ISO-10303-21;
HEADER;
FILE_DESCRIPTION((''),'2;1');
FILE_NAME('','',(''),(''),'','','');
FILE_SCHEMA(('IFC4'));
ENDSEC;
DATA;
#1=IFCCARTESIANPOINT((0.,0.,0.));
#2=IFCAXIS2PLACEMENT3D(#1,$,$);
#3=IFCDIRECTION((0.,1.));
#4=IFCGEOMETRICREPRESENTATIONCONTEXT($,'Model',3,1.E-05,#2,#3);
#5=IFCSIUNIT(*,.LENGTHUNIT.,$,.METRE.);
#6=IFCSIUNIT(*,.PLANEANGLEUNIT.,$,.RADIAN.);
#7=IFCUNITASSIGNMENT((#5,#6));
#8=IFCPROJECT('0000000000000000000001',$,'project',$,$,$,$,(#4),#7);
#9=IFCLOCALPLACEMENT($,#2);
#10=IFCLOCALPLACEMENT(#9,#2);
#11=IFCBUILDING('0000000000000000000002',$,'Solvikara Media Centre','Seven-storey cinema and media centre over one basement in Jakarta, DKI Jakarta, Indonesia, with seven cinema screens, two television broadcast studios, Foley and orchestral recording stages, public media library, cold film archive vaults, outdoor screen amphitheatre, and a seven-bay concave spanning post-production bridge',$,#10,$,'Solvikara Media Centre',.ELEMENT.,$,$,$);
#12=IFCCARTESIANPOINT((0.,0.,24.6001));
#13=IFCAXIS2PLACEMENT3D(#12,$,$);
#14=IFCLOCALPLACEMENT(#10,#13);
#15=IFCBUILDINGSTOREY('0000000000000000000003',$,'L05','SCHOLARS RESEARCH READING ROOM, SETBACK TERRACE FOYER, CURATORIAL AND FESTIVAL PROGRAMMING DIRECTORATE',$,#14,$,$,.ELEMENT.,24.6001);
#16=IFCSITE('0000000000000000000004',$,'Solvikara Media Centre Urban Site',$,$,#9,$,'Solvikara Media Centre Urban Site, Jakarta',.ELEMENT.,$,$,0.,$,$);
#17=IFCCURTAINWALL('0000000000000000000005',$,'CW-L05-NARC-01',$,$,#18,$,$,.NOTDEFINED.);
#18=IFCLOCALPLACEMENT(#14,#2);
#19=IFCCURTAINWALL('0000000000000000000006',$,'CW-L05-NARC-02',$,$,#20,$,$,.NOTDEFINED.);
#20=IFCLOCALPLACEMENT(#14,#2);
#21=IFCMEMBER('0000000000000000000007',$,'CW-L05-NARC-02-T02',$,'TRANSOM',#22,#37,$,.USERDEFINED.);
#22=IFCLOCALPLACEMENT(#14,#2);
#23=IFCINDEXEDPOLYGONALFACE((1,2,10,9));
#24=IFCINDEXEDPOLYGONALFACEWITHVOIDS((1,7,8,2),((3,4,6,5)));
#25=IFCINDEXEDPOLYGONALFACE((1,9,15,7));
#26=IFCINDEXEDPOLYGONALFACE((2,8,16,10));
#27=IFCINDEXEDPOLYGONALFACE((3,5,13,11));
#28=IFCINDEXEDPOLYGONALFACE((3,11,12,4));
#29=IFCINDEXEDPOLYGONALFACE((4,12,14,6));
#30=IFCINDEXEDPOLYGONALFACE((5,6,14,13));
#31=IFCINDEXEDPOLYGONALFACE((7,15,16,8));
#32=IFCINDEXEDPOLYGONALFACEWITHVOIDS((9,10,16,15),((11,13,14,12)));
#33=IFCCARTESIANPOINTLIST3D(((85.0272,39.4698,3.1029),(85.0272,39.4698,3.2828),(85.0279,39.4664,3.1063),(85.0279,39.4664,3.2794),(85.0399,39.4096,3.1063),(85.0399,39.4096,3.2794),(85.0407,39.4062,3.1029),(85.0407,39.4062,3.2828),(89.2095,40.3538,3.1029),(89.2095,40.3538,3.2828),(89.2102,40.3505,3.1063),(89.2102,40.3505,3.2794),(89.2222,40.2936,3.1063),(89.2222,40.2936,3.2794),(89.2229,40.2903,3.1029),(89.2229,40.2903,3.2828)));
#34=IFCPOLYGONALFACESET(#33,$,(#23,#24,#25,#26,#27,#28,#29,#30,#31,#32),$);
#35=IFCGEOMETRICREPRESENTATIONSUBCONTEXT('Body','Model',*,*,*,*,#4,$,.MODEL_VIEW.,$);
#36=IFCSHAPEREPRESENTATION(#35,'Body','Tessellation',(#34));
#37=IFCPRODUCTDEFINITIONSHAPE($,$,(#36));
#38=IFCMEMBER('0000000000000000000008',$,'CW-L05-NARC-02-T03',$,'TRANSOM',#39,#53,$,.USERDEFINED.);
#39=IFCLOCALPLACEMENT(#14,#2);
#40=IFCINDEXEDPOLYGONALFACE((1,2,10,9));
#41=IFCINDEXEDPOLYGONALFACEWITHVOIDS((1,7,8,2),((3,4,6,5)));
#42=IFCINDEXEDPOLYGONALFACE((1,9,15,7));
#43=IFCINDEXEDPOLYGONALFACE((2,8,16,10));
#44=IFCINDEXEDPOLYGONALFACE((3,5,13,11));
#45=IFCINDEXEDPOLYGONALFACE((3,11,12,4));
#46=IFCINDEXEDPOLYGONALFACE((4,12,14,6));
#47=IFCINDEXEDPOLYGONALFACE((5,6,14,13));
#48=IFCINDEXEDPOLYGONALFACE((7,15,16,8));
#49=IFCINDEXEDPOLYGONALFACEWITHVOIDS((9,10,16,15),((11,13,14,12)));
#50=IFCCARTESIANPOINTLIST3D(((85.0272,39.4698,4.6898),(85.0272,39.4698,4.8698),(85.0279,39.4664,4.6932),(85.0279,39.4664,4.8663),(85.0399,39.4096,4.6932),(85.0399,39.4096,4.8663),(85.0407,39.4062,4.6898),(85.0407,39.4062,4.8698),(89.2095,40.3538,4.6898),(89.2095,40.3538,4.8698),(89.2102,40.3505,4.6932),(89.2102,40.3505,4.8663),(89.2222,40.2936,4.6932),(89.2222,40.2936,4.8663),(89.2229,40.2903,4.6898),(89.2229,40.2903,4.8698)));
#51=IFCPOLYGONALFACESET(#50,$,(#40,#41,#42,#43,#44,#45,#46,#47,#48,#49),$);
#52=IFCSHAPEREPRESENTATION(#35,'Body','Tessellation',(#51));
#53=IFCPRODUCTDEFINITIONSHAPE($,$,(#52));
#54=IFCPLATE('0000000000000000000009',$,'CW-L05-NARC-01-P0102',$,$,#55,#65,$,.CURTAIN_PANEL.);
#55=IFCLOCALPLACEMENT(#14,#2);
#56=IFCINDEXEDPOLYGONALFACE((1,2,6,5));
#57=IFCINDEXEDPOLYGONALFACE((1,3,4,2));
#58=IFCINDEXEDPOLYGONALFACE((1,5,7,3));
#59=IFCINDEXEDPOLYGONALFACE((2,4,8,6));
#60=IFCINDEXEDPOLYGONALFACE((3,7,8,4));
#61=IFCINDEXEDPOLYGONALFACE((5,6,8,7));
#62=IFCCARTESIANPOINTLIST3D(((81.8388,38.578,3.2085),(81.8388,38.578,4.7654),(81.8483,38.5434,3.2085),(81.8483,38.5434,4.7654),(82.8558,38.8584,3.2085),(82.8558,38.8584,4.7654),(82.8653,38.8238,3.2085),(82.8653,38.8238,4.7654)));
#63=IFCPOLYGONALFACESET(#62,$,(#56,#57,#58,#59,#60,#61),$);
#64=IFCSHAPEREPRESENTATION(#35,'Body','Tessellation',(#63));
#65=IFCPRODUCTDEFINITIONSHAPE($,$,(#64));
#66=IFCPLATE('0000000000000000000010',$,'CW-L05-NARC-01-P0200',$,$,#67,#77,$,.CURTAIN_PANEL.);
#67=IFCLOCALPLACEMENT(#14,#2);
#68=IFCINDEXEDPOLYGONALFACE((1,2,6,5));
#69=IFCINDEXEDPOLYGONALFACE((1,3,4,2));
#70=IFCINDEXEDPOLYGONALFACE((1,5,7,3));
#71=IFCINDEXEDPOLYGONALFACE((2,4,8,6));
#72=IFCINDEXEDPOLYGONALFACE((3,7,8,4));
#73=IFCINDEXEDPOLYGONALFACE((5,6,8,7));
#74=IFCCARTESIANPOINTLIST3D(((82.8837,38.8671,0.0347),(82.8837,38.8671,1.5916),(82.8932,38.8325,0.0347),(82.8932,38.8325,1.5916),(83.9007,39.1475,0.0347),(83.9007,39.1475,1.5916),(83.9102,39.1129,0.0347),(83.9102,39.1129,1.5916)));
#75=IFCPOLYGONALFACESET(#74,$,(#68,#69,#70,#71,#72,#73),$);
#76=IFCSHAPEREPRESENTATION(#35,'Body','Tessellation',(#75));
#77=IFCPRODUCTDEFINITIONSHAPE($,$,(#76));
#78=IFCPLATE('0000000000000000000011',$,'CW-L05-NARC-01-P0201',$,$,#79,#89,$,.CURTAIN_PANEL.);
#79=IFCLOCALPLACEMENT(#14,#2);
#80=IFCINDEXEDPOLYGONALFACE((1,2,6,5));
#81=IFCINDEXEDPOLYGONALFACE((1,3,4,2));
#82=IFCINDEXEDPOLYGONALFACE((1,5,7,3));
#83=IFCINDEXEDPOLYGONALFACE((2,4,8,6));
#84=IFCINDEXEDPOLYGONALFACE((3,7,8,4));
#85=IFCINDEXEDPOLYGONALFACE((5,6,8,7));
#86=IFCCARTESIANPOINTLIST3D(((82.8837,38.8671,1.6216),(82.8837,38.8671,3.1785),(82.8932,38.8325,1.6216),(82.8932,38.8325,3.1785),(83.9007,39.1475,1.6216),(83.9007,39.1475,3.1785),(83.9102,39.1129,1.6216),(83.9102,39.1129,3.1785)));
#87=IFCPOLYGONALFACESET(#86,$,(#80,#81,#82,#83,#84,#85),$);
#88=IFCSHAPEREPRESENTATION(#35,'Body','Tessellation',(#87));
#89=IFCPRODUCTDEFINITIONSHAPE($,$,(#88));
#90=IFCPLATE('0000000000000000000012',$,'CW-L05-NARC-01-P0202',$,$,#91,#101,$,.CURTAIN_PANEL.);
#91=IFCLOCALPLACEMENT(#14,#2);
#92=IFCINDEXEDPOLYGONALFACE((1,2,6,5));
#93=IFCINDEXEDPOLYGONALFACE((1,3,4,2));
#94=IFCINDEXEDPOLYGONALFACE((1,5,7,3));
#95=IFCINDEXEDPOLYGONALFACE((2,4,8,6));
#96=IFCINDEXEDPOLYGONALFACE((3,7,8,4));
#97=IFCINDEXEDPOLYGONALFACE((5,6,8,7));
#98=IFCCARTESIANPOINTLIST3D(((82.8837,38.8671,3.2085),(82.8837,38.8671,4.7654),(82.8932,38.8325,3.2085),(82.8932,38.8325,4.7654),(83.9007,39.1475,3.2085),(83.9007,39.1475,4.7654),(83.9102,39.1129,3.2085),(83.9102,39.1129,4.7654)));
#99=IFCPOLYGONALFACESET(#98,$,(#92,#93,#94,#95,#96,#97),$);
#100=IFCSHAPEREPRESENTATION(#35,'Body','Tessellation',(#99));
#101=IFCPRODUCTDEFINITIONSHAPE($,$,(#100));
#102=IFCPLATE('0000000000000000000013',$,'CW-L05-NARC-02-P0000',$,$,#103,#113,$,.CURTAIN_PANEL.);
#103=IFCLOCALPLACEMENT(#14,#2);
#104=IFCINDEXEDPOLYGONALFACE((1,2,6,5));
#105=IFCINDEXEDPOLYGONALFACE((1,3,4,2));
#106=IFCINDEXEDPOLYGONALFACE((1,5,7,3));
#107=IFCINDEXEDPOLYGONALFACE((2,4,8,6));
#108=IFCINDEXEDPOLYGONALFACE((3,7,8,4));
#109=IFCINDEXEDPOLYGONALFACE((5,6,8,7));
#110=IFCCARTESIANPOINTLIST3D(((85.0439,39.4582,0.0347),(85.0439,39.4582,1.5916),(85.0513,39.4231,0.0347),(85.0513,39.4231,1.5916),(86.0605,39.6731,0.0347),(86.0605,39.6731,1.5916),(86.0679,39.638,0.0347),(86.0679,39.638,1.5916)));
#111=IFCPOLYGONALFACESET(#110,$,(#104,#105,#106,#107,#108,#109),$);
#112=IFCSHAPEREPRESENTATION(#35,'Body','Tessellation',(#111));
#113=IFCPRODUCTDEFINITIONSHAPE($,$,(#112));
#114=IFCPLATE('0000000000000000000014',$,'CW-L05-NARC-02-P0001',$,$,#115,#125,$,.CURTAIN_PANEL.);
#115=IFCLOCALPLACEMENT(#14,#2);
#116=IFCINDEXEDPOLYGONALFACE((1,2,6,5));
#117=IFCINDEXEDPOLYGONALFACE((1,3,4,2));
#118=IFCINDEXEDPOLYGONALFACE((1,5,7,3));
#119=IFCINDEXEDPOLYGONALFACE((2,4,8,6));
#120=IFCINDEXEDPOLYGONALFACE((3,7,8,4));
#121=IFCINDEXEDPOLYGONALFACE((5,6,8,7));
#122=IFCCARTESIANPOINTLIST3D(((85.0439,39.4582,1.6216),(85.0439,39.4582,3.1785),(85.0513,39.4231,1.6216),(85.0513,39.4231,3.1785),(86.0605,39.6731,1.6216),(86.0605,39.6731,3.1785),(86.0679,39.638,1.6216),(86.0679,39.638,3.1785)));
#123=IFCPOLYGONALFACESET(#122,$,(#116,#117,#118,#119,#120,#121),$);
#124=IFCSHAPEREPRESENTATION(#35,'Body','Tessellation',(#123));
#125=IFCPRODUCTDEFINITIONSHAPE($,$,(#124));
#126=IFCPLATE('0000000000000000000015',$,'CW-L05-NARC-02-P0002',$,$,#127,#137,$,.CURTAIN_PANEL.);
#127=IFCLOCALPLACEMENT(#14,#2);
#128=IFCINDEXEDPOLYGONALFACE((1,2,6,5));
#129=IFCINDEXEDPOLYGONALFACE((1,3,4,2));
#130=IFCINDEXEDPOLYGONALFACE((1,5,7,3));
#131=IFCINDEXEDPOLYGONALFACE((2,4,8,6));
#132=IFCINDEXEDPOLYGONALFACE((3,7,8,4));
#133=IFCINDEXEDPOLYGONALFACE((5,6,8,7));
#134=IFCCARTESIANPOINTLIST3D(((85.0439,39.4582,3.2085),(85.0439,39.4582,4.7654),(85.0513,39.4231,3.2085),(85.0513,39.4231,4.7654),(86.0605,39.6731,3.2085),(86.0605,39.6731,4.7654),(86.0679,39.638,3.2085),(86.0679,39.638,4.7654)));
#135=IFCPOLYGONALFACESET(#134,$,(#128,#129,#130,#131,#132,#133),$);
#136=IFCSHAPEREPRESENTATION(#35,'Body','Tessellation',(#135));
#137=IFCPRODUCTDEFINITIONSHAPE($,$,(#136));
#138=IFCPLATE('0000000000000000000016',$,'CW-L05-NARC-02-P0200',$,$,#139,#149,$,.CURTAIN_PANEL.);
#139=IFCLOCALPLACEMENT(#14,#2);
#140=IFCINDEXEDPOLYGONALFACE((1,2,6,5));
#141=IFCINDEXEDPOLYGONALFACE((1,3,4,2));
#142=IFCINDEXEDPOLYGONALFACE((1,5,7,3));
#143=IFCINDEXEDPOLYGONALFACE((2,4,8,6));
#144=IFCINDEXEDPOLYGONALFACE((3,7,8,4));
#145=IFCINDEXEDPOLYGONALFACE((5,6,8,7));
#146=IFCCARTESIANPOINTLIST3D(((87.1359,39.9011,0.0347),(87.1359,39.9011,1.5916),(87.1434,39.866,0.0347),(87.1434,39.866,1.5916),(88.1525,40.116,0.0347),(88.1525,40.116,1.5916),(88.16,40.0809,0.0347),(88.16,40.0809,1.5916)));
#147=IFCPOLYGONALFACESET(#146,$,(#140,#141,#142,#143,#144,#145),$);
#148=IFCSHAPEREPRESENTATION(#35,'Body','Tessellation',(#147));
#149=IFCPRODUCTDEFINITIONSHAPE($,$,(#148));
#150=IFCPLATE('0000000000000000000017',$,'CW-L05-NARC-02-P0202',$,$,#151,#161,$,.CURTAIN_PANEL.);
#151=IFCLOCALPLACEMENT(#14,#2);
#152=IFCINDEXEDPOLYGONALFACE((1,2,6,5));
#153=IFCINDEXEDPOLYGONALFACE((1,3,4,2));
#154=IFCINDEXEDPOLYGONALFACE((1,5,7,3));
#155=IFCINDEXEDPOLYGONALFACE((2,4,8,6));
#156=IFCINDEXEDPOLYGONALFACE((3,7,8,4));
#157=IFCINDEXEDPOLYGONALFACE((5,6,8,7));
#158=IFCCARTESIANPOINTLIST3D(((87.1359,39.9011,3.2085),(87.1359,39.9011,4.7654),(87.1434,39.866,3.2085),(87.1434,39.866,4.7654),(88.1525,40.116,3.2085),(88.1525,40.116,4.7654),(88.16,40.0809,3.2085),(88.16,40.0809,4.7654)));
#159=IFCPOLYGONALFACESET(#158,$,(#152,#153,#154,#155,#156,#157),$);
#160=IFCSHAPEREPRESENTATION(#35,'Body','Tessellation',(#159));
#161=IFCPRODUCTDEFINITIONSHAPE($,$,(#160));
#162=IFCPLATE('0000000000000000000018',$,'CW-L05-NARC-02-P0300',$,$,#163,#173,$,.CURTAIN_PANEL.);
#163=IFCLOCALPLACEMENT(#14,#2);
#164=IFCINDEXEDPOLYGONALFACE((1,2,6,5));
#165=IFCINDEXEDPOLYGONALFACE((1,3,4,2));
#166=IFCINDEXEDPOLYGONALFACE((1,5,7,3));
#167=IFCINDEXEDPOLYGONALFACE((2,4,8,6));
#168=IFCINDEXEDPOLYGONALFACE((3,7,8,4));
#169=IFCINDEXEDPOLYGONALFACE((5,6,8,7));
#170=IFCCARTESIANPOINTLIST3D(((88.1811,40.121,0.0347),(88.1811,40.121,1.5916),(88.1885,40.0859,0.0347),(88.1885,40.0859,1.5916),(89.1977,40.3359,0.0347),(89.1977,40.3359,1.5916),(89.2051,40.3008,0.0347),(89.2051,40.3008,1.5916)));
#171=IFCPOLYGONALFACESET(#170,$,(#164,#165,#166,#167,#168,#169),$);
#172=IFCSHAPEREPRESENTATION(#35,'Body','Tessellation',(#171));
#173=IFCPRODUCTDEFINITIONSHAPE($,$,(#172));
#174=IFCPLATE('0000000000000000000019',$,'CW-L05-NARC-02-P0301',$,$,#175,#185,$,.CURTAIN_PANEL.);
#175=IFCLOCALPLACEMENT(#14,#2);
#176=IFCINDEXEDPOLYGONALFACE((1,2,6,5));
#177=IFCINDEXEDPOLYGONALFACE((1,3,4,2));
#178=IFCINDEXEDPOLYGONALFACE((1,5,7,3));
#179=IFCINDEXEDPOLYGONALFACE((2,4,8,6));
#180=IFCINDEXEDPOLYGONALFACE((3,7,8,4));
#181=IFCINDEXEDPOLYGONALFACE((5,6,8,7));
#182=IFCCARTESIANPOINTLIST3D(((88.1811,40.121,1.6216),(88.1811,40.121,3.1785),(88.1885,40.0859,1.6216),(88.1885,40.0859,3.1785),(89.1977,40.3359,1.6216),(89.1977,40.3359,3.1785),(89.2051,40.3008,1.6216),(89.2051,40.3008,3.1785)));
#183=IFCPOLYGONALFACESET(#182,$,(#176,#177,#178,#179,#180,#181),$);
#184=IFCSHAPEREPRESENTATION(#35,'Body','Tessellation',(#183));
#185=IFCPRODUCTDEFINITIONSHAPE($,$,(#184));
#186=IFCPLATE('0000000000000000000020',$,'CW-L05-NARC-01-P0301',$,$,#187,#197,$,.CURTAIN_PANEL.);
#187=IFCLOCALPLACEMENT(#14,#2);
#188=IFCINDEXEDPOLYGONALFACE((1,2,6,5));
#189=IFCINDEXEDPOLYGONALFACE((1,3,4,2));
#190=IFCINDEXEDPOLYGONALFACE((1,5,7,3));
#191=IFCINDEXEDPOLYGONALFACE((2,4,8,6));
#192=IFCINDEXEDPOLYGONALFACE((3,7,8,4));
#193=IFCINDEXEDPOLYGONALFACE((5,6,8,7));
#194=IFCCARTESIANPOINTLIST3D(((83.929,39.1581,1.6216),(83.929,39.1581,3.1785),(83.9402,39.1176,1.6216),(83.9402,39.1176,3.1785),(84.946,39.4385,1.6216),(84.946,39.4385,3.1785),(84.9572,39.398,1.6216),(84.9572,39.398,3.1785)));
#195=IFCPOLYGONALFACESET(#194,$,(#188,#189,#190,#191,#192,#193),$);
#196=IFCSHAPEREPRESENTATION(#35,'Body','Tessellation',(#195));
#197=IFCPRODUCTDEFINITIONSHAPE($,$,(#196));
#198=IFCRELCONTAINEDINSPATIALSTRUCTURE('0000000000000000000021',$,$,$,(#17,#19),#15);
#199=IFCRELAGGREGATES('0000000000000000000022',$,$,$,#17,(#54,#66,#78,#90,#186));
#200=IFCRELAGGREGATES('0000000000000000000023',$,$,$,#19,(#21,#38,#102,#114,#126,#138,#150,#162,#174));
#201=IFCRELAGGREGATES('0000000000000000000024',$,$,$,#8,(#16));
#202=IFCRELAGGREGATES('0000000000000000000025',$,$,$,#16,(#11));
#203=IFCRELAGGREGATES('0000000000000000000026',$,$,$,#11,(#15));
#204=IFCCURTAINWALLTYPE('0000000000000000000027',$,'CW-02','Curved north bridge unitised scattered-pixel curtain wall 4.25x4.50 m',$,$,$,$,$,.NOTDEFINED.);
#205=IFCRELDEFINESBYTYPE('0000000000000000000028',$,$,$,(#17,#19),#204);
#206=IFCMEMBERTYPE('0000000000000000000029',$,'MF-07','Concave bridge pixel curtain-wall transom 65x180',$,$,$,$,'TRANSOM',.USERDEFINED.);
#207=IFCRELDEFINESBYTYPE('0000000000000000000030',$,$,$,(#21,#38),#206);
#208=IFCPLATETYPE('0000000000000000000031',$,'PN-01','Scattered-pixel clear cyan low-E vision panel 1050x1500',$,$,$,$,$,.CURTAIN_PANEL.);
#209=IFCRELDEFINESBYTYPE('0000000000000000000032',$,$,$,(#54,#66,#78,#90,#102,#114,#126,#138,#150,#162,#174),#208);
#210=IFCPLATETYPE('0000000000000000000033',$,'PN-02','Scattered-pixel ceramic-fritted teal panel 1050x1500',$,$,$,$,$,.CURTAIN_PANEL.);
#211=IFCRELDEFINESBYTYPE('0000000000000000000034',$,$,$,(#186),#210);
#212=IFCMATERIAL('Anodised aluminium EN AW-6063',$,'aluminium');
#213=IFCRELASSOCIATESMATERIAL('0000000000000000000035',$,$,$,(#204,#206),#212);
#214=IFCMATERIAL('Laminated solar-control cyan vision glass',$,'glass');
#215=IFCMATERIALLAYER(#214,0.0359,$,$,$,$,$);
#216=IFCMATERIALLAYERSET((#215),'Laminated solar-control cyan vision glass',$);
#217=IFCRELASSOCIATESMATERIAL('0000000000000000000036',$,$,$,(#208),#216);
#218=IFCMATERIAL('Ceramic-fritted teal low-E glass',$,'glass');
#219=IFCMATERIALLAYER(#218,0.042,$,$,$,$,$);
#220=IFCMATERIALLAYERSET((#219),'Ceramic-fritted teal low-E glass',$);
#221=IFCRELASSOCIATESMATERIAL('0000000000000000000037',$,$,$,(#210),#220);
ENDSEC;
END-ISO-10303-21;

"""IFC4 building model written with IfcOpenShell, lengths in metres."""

from ifc_helpers import new_model, si_unit, direction, frame, origin, origin_2d, place, context, subcontext, project, spatial, rectangle, hollow_rectangle, extrude, material, layer, layer_set, material_profile, profile_set, type_object, element, aggregate, save


model = new_model("IFC4")

# Units and contexts
model_context = context("Model", 3, precision=1e-05, world=origin(), true_north=direction((0.0, 1.0)))
body_context = subcontext(model_context, "Body", "Model", "MODEL_VIEW")
ifc_project = project(units=[si_unit("LENGTHUNIT", "METRE"), si_unit("PLANEANGLEUNIT", "RADIAN")], contexts=[model_context])

# Site, building, storey
site_placement = place(None, origin())
site = spatial("IfcSite", under=ifc_project, at=site_placement, Name="Solvikara Media Centre Urban Site", LongName="Solvikara Media Centre Urban Site, Jakarta", CompositionType="ELEMENT", RefElevation=0.0)
building_placement = place(site_placement, origin())
building = spatial("IfcBuilding", under=site, at=building_placement, Name="Solvikara Media Centre", Description="Seven-storey cinema and media centre over one basement in Jakarta, DKI Jakarta, Indonesia, with seven cinema screens, two television broadcast studios, Foley and orchestral recording stages, public media library, cold film archive vaults, outdoor screen amphitheatre, and a seven-bay concave spanning post-production bridge", LongName="Solvikara Media Centre", CompositionType="ELEMENT")
storey_placement = place(building_placement, frame((0.0, 0.0, 24.6001)))
storey = spatial("IfcBuildingStorey", under=building, at=storey_placement, Name="L05", Description="SCHOLARS RESEARCH READING ROOM, SETBACK TERRACE FOYER, CURATORIAL AND FESTIVAL PROGRAMMING DIRECTORATE", CompositionType="ELEMENT", Elevation=24.6001)

# Curtain walls, members
ifc_material_1 = material(Name="Anodised aluminium EN AW-6063", Category="aluminium")
curtain_wall_type = type_object("IfcCurtainWallType", Name="CW-02", Description="Curved north bridge unitised scattered-pixel curtain wall 4.25x4.50 m", PredefinedType="NOTDEFINED", material=ifc_material_1)
curtain_wall_1_placement = place(storey_placement, origin())
curtain_wall_1 = element("IfcCurtainWall", 1, at=curtain_wall_1_placement, inside=storey, type_object=curtain_wall_type, Name="CW-L05-NARC-01", PredefinedType="NOTDEFINED")
curtain_wall_2_placement = place(storey_placement, origin())
curtain_wall_2 = element("IfcCurtainWall", 2, at=curtain_wall_2_placement, inside=storey, type_object=curtain_wall_type, Name="CW-L05-NARC-02", PredefinedType="NOTDEFINED")
ifc_material_profile_1 = material_profile(ifc_material_1, hollow_rectangle(XDim=0.0649, YDim=0.1799, WallThickness=0.0034, at=origin_2d()), Name="ALU-T 65x180x3.5")
ifc_profile_set_1 = profile_set([ifc_material_profile_1], Name="Anodised aluminium EN AW-6063")
member_type_1 = type_object("IfcMemberType", Name="MF-07", Description="Concave bridge pixel curtain-wall transom 65x180", ElementType="TRANSOM", PredefinedType="USERDEFINED", material=ifc_profile_set_1)
member_1_placement = place(storey_placement, frame((85.0339, 39.438, 3.1929), z_axis=(0.97838, 0.206814, 0.0), x_axis=(-0.206814, 0.97838, 0.0)))
member_1 = element("IfcMember", 3, at=member_1_placement, type_object=member_type_1, Name="CW-L05-NARC-02-T02", ObjectType="TRANSOM", PredefinedType="USERDEFINED", context=body_context, shape_type="SweptSolid", body=[
    extrude(hollow_rectangle(XDim=0.0649, YDim=0.1799, WallThickness=0.0034, at=origin_2d()), origin(), (0.0, 0.0, 1.0), 4.2747),
])
member_2_placement = place(storey_placement, frame((85.0339, 39.438, 4.7798), z_axis=(0.97838, 0.206814, 0.0), x_axis=(-0.206814, 0.97838, 0.0)))
member_2 = element("IfcMember", 4, at=member_2_placement, type_object=member_type_1, Name="CW-L05-NARC-02-T03", ObjectType="TRANSOM", PredefinedType="USERDEFINED", context=body_context, shape_type="SweptSolid", body=[
    extrude(hollow_rectangle(XDim=0.0649, YDim=0.1799, WallThickness=0.0034, at=origin_2d()), origin(), (0.0, 0.0, 1.0), 4.2747),
])

# Plates
ifc_material_2 = material(Name="Laminated solar-control cyan vision glass", Category="glass")
ifc_layer_1 = layer(ifc_material_2, 0.0359)
ifc_layer_set_1 = layer_set([ifc_layer_1], Name="Laminated solar-control cyan vision glass")
plate_type_1 = type_object("IfcPlateType", Name="PN-01", Description="Scattered-pixel clear cyan low-E vision panel 1050x1500", PredefinedType="CURTAIN_PANEL", material=ifc_layer_set_1)
plate_1_placement = place(storey_placement, frame((82.3521, 38.7009, 3.2085), z_axis=(0.0, 0.0, 1.0), x_axis=(0.96403, 0.265792, 0.0)))
plate_1 = element("IfcPlate", 5, at=plate_1_placement, type_object=plate_type_1, Name="CW-L05-NARC-01-P0102", PredefinedType="CURTAIN_PANEL", context=body_context, shape_type="SweptSolid", body=[
    extrude(rectangle(XDim=1.0549, YDim=0.0359, at=origin_2d()), origin(), (0.0, 0.0, 1.0), 1.5569),
])
plate_2_placement = place(storey_placement, frame((83.397, 38.99, 0.0347), z_axis=(0.0, 0.0, 1.0), x_axis=(0.96403, 0.265792, 0.0)))
plate_2 = element("IfcPlate", 6, at=plate_2_placement, type_object=plate_type_1, Name="CW-L05-NARC-01-P0200", PredefinedType="CURTAIN_PANEL", context=body_context, shape_type="SweptSolid", body=[
    extrude(rectangle(XDim=1.0549, YDim=0.0359, at=origin_2d()), origin(), (0.0, 0.0, 1.0), 1.5569),
])
plate_3_placement = place(storey_placement, frame((83.397, 38.99, 1.6216), z_axis=(0.0, 0.0, 1.0), x_axis=(0.96403, 0.265792, 0.0)))
plate_3 = element("IfcPlate", 7, at=plate_3_placement, type_object=plate_type_1, Name="CW-L05-NARC-01-P0201", PredefinedType="CURTAIN_PANEL", context=body_context, shape_type="SweptSolid", body=[
    extrude(rectangle(XDim=1.0549, YDim=0.0359, at=origin_2d()), origin(), (0.0, 0.0, 1.0), 1.5569),
])
plate_4_placement = place(storey_placement, frame((83.397, 38.99, 3.2085), z_axis=(0.0, 0.0, 1.0), x_axis=(0.96403, 0.265792, 0.0)))
plate_4 = element("IfcPlate", 8, at=plate_4_placement, type_object=plate_type_1, Name="CW-L05-NARC-01-P0202", PredefinedType="CURTAIN_PANEL", context=body_context, shape_type="SweptSolid", body=[
    extrude(rectangle(XDim=1.0549, YDim=0.0359, at=origin_2d()), origin(), (0.0, 0.0, 1.0), 1.5569),
])
plate_5_placement = place(storey_placement, frame((85.5559, 39.5481, 0.0347), z_axis=(0.0, 0.0, 1.0), x_axis=(0.978379, 0.206819, 0.0)))
plate_5 = element("IfcPlate", 9, at=plate_5_placement, type_object=plate_type_1, Name="CW-L05-NARC-02-P0000", PredefinedType="CURTAIN_PANEL", context=body_context, shape_type="SweptSolid", body=[
    extrude(rectangle(XDim=1.0391, YDim=0.0359, at=origin_2d()), origin(), (0.0, 0.0, 1.0), 1.5569),
])
plate_6_placement = place(storey_placement, frame((85.5559, 39.5481, 1.6216), z_axis=(0.0, 0.0, 1.0), x_axis=(0.978379, 0.206819, 0.0)))
plate_6 = element("IfcPlate", 10, at=plate_6_placement, type_object=plate_type_1, Name="CW-L05-NARC-02-P0001", PredefinedType="CURTAIN_PANEL", context=body_context, shape_type="SweptSolid", body=[
    extrude(rectangle(XDim=1.0391, YDim=0.0359, at=origin_2d()), origin(), (0.0, 0.0, 1.0), 1.5569),
])
plate_7_placement = place(storey_placement, frame((85.5559, 39.5481, 3.2085), z_axis=(0.0, 0.0, 1.0), x_axis=(0.978379, 0.206819, 0.0)))
plate_7 = element("IfcPlate", 11, at=plate_7_placement, type_object=plate_type_1, Name="CW-L05-NARC-02-P0002", PredefinedType="CURTAIN_PANEL", context=body_context, shape_type="SweptSolid", body=[
    extrude(rectangle(XDim=1.0391, YDim=0.0359, at=origin_2d()), origin(), (0.0, 0.0, 1.0), 1.5569),
])
plate_8_placement = place(storey_placement, frame((87.6479, 39.991, 0.0347), z_axis=(0.0, 0.0, 1.0), x_axis=(0.978379, 0.206819, 0.0)))
plate_8 = element("IfcPlate", 12, at=plate_8_placement, type_object=plate_type_1, Name="CW-L05-NARC-02-P0200", PredefinedType="CURTAIN_PANEL", context=body_context, shape_type="SweptSolid", body=[
    extrude(rectangle(XDim=1.0391, YDim=0.0359, at=origin_2d()), origin(), (0.0, 0.0, 1.0), 1.5569),
])
plate_9_placement = place(storey_placement, frame((87.6479, 39.991, 3.2085), z_axis=(0.0, 0.0, 1.0), x_axis=(0.978379, 0.206819, 0.0)))
plate_9 = element("IfcPlate", 13, at=plate_9_placement, type_object=plate_type_1, Name="CW-L05-NARC-02-P0202", PredefinedType="CURTAIN_PANEL", context=body_context, shape_type="SweptSolid", body=[
    extrude(rectangle(XDim=1.0391, YDim=0.0359, at=origin_2d()), origin(), (0.0, 0.0, 1.0), 1.5569),
])
plate_10_placement = place(storey_placement, frame((88.6931, 40.2109, 0.0347), z_axis=(0.0, 0.0, 1.0), x_axis=(0.978379, 0.206819, 0.0)))
plate_10 = element("IfcPlate", 14, at=plate_10_placement, type_object=plate_type_1, Name="CW-L05-NARC-02-P0300", PredefinedType="CURTAIN_PANEL", context=body_context, shape_type="SweptSolid", body=[
    extrude(rectangle(XDim=1.0391, YDim=0.0359, at=origin_2d()), origin(), (0.0, 0.0, 1.0), 1.5569),
])
plate_11_placement = place(storey_placement, frame((88.6931, 40.2109, 1.6216), z_axis=(0.0, 0.0, 1.0), x_axis=(0.978379, 0.206819, 0.0)))
plate_11 = element("IfcPlate", 15, at=plate_11_placement, type_object=plate_type_1, Name="CW-L05-NARC-02-P0301", PredefinedType="CURTAIN_PANEL", context=body_context, shape_type="SweptSolid", body=[
    extrude(rectangle(XDim=1.0391, YDim=0.0359, at=origin_2d()), origin(), (0.0, 0.0, 1.0), 1.5569),
])
ifc_material_3 = material(Name="Ceramic-fritted teal low-E glass", Category="glass")
ifc_layer_2 = layer(ifc_material_3, 0.042)
ifc_layer_set_2 = layer_set([ifc_layer_2], Name="Ceramic-fritted teal low-E glass")
plate_type_2 = type_object("IfcPlateType", Name="PN-02", Description="Scattered-pixel ceramic-fritted teal panel 1050x1500", PredefinedType="CURTAIN_PANEL", material=ifc_layer_set_2)
plate_12_placement = place(storey_placement, frame((84.4431, 39.2781, 1.6216), z_axis=(0.0, 0.0, 1.0), x_axis=(0.96403, 0.265792, 0.0)))
plate_12 = element("IfcPlate", 16, at=plate_12_placement, type_object=plate_type_2, Name="CW-L05-NARC-01-P0301", PredefinedType="CURTAIN_PANEL", context=body_context, shape_type="SweptSolid", body=[
    extrude(rectangle(XDim=1.0549, YDim=0.042, at=origin_2d()), origin(), (0.0, 0.0, 1.0), 1.5569),
])
aggregate(curtain_wall_1, [plate_1, plate_2, plate_3, plate_4, plate_12])
aggregate(curtain_wall_2, [member_1, member_2, plate_5, plate_6, plate_7, plate_8, plate_9, plate_10, plate_11])

save(model, "model.ifc")
